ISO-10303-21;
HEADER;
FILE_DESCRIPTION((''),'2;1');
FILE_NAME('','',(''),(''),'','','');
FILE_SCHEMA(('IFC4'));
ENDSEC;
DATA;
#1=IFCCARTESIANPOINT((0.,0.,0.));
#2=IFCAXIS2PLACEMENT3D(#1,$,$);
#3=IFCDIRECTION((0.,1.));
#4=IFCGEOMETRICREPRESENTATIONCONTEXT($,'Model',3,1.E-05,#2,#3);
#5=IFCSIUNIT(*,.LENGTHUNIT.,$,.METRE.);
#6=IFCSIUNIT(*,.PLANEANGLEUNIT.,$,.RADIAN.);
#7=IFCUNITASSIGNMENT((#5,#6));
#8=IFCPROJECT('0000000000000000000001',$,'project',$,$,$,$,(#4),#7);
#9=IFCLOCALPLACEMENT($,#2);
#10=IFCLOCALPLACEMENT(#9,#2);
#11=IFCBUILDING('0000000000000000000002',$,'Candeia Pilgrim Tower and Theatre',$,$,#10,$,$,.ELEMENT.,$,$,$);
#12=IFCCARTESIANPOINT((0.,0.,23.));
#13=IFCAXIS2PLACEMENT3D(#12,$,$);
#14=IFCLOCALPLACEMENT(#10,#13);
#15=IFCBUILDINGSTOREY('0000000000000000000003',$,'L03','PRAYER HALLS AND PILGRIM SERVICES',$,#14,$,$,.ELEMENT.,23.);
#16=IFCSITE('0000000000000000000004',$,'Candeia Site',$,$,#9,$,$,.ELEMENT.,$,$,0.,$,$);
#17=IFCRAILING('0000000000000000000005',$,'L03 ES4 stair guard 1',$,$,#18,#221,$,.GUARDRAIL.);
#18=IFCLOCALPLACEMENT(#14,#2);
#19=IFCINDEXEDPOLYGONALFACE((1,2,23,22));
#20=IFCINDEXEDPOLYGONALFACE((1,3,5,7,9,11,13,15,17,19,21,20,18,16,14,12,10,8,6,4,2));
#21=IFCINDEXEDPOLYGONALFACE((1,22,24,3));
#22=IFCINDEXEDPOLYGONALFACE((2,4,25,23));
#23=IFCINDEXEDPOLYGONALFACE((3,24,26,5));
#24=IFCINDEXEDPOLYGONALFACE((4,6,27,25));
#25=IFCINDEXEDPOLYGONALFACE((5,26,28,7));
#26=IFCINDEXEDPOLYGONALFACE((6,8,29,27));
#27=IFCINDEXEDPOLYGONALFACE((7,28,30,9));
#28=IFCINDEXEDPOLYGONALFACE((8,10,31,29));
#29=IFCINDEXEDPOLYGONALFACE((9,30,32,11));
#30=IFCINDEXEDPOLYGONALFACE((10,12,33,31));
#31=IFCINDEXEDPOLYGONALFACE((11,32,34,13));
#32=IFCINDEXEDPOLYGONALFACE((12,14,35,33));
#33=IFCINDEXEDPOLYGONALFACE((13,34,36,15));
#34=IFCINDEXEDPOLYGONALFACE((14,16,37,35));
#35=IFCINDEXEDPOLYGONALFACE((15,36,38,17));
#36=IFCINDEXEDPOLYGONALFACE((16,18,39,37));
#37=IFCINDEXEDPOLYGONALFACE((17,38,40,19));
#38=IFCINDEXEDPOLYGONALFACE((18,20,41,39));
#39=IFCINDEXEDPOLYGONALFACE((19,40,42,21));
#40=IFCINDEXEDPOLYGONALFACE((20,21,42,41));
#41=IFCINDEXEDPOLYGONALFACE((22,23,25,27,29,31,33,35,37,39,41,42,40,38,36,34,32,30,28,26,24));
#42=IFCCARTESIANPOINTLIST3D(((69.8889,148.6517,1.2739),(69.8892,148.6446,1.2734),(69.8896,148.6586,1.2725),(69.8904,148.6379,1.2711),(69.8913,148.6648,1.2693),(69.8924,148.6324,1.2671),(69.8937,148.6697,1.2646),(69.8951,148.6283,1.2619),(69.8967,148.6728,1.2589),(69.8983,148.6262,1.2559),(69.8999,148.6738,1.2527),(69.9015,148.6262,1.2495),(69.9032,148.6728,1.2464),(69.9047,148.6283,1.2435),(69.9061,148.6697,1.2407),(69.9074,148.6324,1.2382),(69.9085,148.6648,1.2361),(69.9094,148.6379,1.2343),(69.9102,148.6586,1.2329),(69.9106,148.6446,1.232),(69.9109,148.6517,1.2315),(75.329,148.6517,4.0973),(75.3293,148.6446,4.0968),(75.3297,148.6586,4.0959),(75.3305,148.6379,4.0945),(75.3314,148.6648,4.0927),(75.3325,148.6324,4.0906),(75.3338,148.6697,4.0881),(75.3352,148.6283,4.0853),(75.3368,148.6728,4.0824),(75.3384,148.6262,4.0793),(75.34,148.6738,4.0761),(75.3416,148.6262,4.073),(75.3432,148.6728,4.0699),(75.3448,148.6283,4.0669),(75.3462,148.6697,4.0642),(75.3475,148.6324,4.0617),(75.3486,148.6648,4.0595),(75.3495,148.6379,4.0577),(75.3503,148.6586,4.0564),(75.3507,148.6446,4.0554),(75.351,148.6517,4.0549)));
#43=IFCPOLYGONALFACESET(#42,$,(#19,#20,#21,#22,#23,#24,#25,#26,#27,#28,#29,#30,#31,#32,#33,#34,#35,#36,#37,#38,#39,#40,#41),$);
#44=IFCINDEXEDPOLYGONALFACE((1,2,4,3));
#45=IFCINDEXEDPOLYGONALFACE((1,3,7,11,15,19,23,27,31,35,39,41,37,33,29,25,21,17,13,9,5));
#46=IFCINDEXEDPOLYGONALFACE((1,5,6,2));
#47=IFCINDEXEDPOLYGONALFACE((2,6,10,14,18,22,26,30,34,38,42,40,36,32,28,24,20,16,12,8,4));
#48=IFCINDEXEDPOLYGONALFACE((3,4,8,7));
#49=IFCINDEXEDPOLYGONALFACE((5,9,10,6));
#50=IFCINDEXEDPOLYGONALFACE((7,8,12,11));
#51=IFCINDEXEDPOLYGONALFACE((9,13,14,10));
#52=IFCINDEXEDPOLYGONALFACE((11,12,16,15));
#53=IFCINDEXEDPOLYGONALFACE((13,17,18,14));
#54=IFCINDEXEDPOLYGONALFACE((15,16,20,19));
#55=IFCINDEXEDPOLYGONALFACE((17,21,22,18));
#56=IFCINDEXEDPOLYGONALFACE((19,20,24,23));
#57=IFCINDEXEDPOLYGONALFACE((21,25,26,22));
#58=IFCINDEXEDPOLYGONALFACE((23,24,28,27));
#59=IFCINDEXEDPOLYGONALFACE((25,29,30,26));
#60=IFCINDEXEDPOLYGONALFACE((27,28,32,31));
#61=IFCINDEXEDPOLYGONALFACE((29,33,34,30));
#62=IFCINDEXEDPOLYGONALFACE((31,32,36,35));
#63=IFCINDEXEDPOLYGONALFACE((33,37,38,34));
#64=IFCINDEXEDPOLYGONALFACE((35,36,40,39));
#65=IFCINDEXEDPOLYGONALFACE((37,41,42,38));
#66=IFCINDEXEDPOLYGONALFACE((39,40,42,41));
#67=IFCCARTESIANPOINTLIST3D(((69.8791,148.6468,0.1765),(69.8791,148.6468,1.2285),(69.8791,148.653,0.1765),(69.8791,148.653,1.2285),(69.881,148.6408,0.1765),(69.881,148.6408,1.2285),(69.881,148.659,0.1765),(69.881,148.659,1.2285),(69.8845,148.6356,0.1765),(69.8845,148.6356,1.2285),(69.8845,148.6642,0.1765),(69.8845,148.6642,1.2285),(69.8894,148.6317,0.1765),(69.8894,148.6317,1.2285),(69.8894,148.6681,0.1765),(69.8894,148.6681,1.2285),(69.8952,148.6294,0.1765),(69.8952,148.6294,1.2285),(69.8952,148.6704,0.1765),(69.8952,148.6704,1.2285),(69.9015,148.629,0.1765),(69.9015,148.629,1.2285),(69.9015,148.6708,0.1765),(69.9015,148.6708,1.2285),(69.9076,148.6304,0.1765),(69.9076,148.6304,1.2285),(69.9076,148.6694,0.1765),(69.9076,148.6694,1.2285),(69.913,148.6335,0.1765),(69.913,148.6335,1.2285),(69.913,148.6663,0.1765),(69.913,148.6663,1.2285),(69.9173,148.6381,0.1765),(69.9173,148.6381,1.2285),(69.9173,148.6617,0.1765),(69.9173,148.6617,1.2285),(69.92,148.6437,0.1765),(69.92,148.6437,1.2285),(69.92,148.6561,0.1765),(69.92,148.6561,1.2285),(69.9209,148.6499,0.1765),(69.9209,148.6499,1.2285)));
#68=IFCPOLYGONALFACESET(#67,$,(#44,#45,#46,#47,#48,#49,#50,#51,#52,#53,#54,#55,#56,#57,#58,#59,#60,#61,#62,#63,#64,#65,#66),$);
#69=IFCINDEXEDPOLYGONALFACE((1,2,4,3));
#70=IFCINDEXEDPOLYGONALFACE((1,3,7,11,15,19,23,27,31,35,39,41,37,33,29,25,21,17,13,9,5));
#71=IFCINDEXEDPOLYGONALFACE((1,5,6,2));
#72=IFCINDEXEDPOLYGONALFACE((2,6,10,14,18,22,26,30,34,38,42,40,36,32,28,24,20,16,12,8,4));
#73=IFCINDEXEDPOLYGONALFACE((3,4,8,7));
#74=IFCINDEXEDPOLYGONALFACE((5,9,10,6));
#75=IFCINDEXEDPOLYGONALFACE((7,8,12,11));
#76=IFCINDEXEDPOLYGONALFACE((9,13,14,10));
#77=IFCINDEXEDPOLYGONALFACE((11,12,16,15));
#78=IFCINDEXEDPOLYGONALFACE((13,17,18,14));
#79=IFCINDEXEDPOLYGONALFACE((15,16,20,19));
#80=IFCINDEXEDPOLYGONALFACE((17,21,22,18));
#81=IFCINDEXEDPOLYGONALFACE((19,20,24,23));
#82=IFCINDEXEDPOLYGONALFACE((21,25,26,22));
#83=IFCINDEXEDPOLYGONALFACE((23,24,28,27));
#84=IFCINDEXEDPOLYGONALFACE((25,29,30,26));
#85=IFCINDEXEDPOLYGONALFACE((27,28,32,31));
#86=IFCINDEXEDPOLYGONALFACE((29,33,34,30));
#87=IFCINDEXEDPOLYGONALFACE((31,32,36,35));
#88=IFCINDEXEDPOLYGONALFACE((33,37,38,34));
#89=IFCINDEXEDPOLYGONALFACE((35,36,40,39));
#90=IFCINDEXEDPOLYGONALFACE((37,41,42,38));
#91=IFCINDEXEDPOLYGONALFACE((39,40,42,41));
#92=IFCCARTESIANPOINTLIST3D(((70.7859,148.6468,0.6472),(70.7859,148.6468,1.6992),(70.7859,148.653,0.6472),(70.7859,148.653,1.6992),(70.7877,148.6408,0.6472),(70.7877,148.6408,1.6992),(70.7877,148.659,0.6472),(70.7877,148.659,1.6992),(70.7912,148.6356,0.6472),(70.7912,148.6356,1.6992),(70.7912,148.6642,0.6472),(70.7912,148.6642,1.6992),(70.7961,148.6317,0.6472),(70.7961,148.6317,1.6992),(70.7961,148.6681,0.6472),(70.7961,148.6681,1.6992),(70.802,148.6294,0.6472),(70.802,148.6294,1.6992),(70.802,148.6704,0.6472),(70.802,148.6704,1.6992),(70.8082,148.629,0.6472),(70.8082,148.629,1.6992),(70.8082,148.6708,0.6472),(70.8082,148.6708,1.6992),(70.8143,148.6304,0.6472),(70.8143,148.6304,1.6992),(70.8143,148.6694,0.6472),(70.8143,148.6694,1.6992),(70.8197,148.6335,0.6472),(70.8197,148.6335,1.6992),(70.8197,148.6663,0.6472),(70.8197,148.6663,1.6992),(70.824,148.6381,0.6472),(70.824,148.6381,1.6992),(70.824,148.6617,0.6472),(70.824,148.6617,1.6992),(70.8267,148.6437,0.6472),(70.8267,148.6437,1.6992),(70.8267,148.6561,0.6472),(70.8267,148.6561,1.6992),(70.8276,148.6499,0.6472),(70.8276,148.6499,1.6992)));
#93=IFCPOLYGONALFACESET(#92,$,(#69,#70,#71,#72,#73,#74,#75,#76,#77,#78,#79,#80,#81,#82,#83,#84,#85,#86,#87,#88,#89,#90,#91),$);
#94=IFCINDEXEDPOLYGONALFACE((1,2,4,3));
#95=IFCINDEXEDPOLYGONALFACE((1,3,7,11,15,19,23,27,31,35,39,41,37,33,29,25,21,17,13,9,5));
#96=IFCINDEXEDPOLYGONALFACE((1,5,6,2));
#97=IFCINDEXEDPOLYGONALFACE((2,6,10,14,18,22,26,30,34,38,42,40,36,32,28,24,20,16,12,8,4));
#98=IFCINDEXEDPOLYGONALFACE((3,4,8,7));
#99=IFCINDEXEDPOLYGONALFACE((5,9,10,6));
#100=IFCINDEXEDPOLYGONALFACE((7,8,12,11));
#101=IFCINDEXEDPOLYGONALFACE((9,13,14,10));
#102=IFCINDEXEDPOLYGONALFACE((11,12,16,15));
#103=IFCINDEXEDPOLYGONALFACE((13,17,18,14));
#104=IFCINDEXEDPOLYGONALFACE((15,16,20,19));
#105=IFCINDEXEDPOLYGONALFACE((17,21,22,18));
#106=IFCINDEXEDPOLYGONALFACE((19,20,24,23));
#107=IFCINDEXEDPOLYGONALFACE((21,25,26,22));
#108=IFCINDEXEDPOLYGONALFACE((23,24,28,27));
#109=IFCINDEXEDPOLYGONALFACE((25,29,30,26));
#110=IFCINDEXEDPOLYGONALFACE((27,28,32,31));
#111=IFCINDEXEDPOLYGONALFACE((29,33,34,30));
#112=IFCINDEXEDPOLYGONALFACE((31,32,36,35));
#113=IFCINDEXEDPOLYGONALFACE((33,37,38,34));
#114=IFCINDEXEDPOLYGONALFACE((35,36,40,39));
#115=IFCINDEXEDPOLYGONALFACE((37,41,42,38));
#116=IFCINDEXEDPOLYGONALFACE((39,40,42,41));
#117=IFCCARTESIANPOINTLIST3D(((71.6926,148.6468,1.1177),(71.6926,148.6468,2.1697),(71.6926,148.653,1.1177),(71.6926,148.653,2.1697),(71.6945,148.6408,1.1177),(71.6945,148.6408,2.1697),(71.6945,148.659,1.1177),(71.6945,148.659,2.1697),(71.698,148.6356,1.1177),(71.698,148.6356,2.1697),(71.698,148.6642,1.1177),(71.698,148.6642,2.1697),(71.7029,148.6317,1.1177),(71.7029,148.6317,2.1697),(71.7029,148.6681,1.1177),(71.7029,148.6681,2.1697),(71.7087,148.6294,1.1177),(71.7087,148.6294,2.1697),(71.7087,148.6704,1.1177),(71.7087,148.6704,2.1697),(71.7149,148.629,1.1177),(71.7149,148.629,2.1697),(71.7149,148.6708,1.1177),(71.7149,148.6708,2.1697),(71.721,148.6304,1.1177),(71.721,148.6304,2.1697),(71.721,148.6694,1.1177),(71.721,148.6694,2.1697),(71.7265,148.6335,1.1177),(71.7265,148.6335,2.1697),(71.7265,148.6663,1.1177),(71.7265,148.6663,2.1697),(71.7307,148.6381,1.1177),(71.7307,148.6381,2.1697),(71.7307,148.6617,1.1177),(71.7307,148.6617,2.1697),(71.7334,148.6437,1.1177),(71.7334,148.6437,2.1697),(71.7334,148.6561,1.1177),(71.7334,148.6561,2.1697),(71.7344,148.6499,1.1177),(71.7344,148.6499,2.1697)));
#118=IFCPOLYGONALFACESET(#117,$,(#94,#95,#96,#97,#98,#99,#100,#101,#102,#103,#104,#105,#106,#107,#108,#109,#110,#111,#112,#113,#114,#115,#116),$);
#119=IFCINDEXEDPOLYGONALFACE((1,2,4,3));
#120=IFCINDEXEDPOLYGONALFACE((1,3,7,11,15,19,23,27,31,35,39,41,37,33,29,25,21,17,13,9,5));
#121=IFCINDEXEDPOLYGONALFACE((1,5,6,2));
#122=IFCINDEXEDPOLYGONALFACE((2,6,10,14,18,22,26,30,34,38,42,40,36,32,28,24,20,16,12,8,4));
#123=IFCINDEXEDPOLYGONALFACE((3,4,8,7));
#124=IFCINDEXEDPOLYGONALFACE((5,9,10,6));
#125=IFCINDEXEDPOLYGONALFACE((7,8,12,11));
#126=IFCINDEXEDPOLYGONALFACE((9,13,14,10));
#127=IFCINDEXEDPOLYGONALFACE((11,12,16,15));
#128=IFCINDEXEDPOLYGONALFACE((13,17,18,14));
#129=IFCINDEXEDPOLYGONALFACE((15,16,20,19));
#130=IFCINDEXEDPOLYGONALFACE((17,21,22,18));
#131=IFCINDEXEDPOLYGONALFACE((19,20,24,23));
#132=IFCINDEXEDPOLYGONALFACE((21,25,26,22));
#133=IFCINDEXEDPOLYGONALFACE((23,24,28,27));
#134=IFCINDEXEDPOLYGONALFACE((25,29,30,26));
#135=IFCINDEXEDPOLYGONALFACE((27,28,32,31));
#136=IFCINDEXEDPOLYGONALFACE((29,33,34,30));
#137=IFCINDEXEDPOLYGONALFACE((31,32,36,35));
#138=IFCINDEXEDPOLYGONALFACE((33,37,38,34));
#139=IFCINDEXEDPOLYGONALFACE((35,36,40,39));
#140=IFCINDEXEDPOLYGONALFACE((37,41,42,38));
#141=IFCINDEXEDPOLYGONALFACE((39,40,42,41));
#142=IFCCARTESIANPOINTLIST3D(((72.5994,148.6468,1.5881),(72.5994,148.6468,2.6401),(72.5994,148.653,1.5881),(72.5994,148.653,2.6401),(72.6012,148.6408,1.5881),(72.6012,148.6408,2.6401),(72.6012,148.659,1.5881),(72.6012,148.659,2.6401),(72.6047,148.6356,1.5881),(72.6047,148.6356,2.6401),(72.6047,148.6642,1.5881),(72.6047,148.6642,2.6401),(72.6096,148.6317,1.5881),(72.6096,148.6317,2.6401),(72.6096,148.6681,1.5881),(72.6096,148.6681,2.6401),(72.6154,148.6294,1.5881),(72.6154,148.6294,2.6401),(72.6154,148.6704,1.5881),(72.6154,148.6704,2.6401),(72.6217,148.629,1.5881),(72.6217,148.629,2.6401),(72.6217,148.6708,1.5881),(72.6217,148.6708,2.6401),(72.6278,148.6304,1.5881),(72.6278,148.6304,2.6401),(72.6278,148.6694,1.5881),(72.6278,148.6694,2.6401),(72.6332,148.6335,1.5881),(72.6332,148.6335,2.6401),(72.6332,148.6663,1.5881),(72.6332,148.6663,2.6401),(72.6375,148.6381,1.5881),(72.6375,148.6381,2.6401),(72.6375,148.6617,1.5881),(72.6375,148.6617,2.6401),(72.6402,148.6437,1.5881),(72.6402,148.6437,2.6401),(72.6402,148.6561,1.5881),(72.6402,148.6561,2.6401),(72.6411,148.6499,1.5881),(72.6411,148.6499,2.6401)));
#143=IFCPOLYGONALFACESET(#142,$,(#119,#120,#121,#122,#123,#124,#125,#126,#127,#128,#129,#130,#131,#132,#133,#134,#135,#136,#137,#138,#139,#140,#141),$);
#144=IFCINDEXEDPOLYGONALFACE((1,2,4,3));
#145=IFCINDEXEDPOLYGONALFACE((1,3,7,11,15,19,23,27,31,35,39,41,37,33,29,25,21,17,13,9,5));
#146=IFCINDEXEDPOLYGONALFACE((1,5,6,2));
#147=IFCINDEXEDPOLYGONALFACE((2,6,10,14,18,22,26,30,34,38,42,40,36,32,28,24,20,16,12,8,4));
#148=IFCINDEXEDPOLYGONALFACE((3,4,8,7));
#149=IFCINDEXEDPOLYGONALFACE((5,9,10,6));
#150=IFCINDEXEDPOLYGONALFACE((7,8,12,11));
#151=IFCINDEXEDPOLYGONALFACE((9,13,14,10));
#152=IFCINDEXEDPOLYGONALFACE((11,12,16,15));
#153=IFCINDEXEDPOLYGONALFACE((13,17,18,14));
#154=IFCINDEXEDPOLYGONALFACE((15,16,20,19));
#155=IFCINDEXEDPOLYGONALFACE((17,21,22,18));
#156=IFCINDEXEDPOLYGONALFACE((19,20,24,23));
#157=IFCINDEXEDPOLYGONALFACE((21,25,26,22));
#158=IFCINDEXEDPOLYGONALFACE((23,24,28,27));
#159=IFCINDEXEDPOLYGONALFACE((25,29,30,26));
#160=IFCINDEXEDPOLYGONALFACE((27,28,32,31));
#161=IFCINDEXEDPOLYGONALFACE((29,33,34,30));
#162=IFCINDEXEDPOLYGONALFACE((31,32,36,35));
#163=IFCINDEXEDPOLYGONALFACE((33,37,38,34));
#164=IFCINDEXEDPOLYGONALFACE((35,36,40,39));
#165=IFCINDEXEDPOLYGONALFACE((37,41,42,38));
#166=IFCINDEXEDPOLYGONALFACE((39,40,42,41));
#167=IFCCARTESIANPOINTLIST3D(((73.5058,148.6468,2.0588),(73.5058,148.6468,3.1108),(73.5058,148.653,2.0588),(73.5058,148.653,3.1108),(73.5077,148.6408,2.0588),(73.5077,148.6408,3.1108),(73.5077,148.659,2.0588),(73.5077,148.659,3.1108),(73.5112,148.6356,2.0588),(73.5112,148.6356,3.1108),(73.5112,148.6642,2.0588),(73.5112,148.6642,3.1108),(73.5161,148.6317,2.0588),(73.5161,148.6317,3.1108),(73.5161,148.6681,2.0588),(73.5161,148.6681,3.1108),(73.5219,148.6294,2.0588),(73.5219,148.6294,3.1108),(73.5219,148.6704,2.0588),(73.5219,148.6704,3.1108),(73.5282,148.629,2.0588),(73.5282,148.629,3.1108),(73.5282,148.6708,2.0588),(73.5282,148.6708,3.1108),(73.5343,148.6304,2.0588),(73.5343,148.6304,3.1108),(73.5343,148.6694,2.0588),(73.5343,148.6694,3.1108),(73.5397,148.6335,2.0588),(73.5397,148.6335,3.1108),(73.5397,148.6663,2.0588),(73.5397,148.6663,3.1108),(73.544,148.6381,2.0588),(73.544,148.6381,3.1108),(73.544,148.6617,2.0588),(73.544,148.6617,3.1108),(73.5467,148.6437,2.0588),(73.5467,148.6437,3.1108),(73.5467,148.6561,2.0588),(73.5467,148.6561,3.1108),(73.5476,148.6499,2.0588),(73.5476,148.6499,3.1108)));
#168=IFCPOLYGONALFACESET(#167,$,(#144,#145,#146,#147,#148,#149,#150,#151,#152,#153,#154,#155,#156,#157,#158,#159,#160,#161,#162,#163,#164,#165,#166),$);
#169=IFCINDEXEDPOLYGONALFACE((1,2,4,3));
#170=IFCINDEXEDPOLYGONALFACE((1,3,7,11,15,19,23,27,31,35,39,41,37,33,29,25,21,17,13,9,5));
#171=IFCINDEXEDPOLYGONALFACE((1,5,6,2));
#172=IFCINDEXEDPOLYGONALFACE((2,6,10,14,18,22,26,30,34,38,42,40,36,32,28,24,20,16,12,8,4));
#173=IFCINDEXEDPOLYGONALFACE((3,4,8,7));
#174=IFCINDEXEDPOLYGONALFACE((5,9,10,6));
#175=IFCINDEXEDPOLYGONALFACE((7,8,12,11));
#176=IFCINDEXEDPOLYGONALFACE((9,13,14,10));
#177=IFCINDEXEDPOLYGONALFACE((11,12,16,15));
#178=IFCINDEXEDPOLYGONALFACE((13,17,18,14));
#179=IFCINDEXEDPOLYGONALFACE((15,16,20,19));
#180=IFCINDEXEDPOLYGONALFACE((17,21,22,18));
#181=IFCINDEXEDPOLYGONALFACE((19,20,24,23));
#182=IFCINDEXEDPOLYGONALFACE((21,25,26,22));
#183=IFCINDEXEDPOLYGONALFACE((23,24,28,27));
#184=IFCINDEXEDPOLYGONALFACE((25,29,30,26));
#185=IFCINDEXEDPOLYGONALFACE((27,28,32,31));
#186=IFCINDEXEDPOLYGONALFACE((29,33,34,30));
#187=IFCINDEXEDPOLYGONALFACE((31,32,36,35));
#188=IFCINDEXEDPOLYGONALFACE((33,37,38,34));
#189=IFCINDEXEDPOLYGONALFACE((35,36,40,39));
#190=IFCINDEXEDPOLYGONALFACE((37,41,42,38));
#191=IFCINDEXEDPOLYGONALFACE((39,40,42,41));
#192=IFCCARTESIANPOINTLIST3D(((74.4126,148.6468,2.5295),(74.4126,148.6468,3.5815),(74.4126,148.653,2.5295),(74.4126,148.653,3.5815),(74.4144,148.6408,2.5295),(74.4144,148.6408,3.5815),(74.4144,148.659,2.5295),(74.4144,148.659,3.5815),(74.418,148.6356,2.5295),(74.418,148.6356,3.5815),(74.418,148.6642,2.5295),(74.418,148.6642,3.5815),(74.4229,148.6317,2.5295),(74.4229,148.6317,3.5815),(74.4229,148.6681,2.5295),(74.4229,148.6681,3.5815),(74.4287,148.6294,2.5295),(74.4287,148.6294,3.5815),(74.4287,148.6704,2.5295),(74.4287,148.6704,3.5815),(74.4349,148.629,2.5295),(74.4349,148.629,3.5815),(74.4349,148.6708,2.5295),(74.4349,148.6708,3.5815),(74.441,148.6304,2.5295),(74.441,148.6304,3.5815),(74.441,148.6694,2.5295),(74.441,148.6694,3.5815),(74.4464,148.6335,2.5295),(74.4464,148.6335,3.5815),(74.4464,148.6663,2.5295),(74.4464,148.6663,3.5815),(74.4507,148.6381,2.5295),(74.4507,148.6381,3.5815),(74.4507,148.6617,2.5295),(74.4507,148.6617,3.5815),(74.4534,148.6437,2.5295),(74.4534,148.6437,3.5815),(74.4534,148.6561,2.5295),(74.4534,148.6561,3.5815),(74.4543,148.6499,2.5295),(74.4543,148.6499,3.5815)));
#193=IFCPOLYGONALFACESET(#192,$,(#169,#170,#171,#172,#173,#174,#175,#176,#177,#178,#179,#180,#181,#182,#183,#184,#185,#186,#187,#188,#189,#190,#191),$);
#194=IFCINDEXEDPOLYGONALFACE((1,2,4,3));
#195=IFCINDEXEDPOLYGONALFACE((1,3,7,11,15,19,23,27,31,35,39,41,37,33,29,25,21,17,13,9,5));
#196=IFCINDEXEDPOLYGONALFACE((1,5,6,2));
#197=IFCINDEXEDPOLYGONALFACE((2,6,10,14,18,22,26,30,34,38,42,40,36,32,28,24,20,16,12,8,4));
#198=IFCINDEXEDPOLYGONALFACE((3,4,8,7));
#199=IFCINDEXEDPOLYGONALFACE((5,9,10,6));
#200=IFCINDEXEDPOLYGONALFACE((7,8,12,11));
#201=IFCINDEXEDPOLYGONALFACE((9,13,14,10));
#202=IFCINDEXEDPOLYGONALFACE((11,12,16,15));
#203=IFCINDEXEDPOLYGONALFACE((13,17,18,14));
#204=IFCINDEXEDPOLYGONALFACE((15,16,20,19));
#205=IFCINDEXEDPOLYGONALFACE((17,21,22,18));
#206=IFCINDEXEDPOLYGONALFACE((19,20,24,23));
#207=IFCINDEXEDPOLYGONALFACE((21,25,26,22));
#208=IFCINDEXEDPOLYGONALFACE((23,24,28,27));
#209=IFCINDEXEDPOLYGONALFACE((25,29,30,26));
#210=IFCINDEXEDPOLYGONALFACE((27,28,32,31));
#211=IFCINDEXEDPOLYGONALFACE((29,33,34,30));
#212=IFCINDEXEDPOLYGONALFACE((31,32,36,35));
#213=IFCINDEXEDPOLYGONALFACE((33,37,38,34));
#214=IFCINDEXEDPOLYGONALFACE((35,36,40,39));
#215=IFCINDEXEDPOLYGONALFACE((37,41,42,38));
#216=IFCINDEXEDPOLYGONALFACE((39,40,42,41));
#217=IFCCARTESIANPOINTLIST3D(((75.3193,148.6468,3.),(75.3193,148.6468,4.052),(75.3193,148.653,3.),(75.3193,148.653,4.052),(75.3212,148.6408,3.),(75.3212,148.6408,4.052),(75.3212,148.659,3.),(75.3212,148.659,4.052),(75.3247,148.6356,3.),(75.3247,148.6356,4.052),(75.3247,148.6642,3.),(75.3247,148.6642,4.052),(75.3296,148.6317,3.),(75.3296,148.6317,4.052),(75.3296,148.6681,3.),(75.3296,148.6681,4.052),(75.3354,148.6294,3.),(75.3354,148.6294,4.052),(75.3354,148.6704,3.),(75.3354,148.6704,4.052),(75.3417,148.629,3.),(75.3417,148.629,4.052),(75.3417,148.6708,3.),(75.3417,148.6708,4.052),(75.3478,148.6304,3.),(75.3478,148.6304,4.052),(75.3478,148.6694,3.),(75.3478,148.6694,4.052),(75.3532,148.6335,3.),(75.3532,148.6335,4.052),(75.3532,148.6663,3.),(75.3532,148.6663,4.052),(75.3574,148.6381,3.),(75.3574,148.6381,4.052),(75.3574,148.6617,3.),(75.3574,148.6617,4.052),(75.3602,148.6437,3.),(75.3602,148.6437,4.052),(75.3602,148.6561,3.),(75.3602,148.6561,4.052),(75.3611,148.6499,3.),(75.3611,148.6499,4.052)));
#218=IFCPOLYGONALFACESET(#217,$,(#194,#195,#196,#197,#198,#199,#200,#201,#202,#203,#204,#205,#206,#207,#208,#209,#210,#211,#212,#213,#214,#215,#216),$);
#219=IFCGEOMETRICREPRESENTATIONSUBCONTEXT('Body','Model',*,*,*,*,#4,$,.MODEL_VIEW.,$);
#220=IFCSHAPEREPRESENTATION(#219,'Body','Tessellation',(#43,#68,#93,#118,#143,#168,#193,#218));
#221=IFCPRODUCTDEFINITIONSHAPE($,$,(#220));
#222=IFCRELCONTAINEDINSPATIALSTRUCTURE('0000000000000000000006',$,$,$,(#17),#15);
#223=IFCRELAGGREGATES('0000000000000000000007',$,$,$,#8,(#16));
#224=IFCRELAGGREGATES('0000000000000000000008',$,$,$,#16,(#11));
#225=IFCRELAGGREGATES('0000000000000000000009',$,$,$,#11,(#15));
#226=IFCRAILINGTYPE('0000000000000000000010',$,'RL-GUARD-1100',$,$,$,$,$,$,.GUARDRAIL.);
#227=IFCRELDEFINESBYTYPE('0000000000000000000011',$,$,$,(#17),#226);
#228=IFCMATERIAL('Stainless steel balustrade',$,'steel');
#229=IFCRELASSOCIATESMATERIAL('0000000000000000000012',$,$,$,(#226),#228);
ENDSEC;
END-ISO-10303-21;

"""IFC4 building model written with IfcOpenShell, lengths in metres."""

from ifc_helpers import new_model, si_unit, direction, frame, origin, origin_2d, place, context, subcontext, project, spatial, circle, extrude, material, type_object, element, save


model = new_model("IFC4")

# Units and contexts
model_context = context("Model", 3, precision=1e-05, world=origin(), true_north=direction((0.0, 1.0)))
body_context = subcontext(model_context, "Body", "Model", "MODEL_VIEW")
ifc_project = project(units=[si_unit("LENGTHUNIT", "METRE"), si_unit("PLANEANGLEUNIT", "RADIAN")], contexts=[model_context])

# Site, building, storey
site_placement = place(None, origin())
site = spatial("IfcSite", under=ifc_project, at=site_placement, Name="Candeia Site", CompositionType="ELEMENT", RefElevation=0.0)
building_placement = place(site_placement, origin())
building = spatial("IfcBuilding", under=site, at=building_placement, Name="Candeia Pilgrim Tower and Theatre", CompositionType="ELEMENT")
storey_placement = place(building_placement, frame((0.0, 0.0, 23.0)))
storey = spatial("IfcBuildingStorey", under=building, at=storey_placement, Name="L03", Description="PRAYER HALLS AND PILGRIM SERVICES", CompositionType="ELEMENT", Elevation=23.0)

# Railing
ifc_material_1 = material(Name="Stainless steel balustrade", Category="steel")
railing_type_1 = type_object("IfcRailingType", Name="RL-GUARD-1100", PredefinedType="GUARDRAIL", material=ifc_material_1)
railing_1_placement = place(storey_placement, frame((69.8999, 148.6499, 0.1765)))
element("IfcRailing", 1, at=railing_1_placement, inside=storey, type_object=railing_type_1, Name="L03 ES4 stair guard 1", PredefinedType="GUARDRAIL", context=body_context, shape_type="SweptSolid", body=[
    extrude(circle(Radius=0.0239, at=origin_2d()), frame((0.0, 0.0, 1.0762), z_axis=(0.887578, 0.0, 0.460658), x_axis=(0.0, 1.0, 0.0)), (0.0, 0.0, 1.0), 6.1292),
    extrude(circle(Radius=0.021, at=origin_2d()), origin(), (0.0, 0.0, 1.0), 1.052),
    extrude(circle(Radius=0.021, at=origin_2d()), frame((0.9067, 0.0, 0.4707)), (0.0, 0.0, 1.0), 1.052),
    extrude(circle(Radius=0.021, at=origin_2d()), frame((1.8135, 0.0, 0.9412)), (0.0, 0.0, 1.0), 1.052),
    extrude(circle(Radius=0.021, at=origin_2d()), frame((2.7202, 0.0, 1.4116)), (0.0, 0.0, 1.0), 1.052),
    extrude(circle(Radius=0.021, at=origin_2d()), frame((3.6267, 0.0, 1.8823)), (0.0, 0.0, 1.0), 1.052),
    extrude(circle(Radius=0.021, at=origin_2d()), frame((4.5334, 0.0, 2.353)), (0.0, 0.0, 1.0), 1.052),
    extrude(circle(Radius=0.021, at=origin_2d()), frame((5.4402, 0.0, 2.8235)), (0.0, 0.0, 1.0), 1.052),
])

save(model, "model.ifc")
